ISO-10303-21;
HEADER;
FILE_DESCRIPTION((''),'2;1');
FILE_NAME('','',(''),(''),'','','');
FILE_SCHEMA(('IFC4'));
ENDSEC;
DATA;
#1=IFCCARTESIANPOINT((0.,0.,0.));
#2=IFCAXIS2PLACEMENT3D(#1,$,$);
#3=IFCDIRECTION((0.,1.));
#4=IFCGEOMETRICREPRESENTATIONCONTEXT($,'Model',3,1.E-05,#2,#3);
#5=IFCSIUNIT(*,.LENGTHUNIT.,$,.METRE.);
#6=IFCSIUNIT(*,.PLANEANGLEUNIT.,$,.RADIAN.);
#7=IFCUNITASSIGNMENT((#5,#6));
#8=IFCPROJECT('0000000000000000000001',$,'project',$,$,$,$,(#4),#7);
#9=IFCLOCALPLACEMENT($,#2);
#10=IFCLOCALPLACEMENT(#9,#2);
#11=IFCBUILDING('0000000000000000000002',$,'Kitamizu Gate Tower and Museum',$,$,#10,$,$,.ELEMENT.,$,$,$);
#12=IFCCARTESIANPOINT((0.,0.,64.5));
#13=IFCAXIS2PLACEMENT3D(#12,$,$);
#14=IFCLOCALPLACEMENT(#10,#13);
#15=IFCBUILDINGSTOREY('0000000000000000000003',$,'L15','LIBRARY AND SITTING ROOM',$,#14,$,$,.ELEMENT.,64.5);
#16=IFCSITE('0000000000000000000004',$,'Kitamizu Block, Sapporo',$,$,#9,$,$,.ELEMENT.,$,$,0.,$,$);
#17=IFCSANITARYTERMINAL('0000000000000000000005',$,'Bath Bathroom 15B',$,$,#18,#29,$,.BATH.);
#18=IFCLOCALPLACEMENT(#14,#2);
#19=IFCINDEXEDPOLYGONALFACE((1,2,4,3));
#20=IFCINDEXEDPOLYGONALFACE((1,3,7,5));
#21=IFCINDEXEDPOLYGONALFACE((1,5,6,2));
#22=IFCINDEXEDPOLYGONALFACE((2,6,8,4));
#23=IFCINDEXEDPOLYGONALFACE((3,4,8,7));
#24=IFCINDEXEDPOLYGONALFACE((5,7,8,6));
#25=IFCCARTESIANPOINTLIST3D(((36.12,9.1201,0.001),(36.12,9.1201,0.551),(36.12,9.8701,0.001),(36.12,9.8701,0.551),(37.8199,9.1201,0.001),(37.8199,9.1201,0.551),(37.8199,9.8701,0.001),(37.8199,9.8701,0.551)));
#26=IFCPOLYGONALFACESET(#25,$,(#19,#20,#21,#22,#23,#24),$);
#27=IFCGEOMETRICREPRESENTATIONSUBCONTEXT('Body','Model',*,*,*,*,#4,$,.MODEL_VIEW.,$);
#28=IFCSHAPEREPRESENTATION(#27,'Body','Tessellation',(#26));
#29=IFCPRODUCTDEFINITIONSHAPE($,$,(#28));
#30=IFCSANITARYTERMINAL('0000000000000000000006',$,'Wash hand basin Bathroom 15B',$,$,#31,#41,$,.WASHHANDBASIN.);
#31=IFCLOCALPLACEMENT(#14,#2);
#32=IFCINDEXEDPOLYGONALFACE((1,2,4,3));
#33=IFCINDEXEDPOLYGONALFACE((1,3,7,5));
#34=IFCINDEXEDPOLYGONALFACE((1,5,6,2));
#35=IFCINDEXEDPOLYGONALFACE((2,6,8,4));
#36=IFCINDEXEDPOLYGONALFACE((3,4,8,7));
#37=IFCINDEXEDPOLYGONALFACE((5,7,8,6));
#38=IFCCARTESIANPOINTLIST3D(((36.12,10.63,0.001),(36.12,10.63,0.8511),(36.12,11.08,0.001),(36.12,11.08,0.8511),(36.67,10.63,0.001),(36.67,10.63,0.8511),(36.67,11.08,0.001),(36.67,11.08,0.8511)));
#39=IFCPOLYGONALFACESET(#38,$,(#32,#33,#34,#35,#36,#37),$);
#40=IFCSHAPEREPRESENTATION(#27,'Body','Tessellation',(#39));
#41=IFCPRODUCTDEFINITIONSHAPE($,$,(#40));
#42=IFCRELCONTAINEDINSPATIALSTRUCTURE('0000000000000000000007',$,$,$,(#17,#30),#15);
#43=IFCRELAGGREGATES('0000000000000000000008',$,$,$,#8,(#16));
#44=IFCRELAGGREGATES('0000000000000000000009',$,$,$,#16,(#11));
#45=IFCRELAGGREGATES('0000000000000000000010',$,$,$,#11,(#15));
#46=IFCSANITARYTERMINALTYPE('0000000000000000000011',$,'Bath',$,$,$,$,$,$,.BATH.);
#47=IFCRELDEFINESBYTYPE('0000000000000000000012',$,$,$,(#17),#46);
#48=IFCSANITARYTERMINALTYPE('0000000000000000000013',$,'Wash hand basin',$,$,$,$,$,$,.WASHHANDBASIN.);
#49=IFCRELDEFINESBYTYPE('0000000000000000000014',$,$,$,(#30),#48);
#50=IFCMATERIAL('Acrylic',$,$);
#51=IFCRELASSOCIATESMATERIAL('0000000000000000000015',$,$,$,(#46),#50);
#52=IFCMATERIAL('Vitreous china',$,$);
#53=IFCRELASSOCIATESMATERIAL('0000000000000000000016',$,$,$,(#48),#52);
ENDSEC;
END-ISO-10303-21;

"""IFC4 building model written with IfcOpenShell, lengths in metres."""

from ifc_helpers import new_model, si_unit, direction, frame, origin, origin_2d, place, context, subcontext, project, spatial, rectangle, extrude, material, type_object, element, save


model = new_model("IFC4")

# Units and contexts
model_context = context("Model", 3, precision=1e-05, world=origin(), true_north=direction((0.0, 1.0)))
body_context = subcontext(model_context, "Body", "Model", "MODEL_VIEW")
ifc_project = project(units=[si_unit("LENGTHUNIT", "METRE"), si_unit("PLANEANGLEUNIT", "RADIAN")], contexts=[model_context])

# Site, building, storey
site_placement = place(None, origin())
site = spatial("IfcSite", under=ifc_project, at=site_placement, Name="Kitamizu Block, Sapporo", CompositionType="ELEMENT", RefElevation=0.0)
building_placement = place(site_placement, origin())
building = spatial("IfcBuilding", under=site, at=building_placement, Name="Kitamizu Gate Tower and Museum", CompositionType="ELEMENT")
storey_placement = place(building_placement, frame((0.0, 0.0, 64.5)))
storey = spatial("IfcBuildingStorey", under=building, at=storey_placement, Name="L15", Description="LIBRARY AND SITTING ROOM", CompositionType="ELEMENT", Elevation=64.5)

# Sanitary terminals
ifc_material_1 = material(Name="Acrylic")
sanitary_terminal_type_1 = type_object("IfcSanitaryTerminalType", Name="Bath", PredefinedType="BATH", material=ifc_material_1)
sanitary_terminal_1_placement = place(storey_placement, frame((36.97, 9.4951, 0.001), z_axis=(0.0, 0.0, 1.0), x_axis=(1.0, 0.0, 0.0)))
element("IfcSanitaryTerminal", 1, at=sanitary_terminal_1_placement, inside=storey, type_object=sanitary_terminal_type_1, Name="Bath Bathroom 15B", PredefinedType="BATH", context=body_context, shape_type="SweptSolid", body=[
    extrude(rectangle(XDim=1.7, YDim=0.75, at=origin_2d()), origin(), (0.0, 0.0, 1.0), 0.55),
])
ifc_material_2 = material(Name="Vitreous china")
sanitary_terminal_type_2 = type_object("IfcSanitaryTerminalType", Name="Wash hand basin", PredefinedType="WASHHANDBASIN", material=ifc_material_2)
sanitary_terminal_2_placement = place(storey_placement, frame((36.395, 10.855, 0.001), z_axis=(0.0, 0.0, 1.0), x_axis=(1.0, 0.0, 0.0)))
element("IfcSanitaryTerminal", 2, at=sanitary_terminal_2_placement, inside=storey, type_object=sanitary_terminal_type_2, Name="Wash hand basin Bathroom 15B", PredefinedType="WASHHANDBASIN", context=body_context, shape_type="SweptSolid", body=[
    extrude(rectangle(XDim=0.55, YDim=0.45, at=origin_2d()), origin(), (0.0, 0.0, 1.0), 0.8501),
])

save(model, "model.ifc")
